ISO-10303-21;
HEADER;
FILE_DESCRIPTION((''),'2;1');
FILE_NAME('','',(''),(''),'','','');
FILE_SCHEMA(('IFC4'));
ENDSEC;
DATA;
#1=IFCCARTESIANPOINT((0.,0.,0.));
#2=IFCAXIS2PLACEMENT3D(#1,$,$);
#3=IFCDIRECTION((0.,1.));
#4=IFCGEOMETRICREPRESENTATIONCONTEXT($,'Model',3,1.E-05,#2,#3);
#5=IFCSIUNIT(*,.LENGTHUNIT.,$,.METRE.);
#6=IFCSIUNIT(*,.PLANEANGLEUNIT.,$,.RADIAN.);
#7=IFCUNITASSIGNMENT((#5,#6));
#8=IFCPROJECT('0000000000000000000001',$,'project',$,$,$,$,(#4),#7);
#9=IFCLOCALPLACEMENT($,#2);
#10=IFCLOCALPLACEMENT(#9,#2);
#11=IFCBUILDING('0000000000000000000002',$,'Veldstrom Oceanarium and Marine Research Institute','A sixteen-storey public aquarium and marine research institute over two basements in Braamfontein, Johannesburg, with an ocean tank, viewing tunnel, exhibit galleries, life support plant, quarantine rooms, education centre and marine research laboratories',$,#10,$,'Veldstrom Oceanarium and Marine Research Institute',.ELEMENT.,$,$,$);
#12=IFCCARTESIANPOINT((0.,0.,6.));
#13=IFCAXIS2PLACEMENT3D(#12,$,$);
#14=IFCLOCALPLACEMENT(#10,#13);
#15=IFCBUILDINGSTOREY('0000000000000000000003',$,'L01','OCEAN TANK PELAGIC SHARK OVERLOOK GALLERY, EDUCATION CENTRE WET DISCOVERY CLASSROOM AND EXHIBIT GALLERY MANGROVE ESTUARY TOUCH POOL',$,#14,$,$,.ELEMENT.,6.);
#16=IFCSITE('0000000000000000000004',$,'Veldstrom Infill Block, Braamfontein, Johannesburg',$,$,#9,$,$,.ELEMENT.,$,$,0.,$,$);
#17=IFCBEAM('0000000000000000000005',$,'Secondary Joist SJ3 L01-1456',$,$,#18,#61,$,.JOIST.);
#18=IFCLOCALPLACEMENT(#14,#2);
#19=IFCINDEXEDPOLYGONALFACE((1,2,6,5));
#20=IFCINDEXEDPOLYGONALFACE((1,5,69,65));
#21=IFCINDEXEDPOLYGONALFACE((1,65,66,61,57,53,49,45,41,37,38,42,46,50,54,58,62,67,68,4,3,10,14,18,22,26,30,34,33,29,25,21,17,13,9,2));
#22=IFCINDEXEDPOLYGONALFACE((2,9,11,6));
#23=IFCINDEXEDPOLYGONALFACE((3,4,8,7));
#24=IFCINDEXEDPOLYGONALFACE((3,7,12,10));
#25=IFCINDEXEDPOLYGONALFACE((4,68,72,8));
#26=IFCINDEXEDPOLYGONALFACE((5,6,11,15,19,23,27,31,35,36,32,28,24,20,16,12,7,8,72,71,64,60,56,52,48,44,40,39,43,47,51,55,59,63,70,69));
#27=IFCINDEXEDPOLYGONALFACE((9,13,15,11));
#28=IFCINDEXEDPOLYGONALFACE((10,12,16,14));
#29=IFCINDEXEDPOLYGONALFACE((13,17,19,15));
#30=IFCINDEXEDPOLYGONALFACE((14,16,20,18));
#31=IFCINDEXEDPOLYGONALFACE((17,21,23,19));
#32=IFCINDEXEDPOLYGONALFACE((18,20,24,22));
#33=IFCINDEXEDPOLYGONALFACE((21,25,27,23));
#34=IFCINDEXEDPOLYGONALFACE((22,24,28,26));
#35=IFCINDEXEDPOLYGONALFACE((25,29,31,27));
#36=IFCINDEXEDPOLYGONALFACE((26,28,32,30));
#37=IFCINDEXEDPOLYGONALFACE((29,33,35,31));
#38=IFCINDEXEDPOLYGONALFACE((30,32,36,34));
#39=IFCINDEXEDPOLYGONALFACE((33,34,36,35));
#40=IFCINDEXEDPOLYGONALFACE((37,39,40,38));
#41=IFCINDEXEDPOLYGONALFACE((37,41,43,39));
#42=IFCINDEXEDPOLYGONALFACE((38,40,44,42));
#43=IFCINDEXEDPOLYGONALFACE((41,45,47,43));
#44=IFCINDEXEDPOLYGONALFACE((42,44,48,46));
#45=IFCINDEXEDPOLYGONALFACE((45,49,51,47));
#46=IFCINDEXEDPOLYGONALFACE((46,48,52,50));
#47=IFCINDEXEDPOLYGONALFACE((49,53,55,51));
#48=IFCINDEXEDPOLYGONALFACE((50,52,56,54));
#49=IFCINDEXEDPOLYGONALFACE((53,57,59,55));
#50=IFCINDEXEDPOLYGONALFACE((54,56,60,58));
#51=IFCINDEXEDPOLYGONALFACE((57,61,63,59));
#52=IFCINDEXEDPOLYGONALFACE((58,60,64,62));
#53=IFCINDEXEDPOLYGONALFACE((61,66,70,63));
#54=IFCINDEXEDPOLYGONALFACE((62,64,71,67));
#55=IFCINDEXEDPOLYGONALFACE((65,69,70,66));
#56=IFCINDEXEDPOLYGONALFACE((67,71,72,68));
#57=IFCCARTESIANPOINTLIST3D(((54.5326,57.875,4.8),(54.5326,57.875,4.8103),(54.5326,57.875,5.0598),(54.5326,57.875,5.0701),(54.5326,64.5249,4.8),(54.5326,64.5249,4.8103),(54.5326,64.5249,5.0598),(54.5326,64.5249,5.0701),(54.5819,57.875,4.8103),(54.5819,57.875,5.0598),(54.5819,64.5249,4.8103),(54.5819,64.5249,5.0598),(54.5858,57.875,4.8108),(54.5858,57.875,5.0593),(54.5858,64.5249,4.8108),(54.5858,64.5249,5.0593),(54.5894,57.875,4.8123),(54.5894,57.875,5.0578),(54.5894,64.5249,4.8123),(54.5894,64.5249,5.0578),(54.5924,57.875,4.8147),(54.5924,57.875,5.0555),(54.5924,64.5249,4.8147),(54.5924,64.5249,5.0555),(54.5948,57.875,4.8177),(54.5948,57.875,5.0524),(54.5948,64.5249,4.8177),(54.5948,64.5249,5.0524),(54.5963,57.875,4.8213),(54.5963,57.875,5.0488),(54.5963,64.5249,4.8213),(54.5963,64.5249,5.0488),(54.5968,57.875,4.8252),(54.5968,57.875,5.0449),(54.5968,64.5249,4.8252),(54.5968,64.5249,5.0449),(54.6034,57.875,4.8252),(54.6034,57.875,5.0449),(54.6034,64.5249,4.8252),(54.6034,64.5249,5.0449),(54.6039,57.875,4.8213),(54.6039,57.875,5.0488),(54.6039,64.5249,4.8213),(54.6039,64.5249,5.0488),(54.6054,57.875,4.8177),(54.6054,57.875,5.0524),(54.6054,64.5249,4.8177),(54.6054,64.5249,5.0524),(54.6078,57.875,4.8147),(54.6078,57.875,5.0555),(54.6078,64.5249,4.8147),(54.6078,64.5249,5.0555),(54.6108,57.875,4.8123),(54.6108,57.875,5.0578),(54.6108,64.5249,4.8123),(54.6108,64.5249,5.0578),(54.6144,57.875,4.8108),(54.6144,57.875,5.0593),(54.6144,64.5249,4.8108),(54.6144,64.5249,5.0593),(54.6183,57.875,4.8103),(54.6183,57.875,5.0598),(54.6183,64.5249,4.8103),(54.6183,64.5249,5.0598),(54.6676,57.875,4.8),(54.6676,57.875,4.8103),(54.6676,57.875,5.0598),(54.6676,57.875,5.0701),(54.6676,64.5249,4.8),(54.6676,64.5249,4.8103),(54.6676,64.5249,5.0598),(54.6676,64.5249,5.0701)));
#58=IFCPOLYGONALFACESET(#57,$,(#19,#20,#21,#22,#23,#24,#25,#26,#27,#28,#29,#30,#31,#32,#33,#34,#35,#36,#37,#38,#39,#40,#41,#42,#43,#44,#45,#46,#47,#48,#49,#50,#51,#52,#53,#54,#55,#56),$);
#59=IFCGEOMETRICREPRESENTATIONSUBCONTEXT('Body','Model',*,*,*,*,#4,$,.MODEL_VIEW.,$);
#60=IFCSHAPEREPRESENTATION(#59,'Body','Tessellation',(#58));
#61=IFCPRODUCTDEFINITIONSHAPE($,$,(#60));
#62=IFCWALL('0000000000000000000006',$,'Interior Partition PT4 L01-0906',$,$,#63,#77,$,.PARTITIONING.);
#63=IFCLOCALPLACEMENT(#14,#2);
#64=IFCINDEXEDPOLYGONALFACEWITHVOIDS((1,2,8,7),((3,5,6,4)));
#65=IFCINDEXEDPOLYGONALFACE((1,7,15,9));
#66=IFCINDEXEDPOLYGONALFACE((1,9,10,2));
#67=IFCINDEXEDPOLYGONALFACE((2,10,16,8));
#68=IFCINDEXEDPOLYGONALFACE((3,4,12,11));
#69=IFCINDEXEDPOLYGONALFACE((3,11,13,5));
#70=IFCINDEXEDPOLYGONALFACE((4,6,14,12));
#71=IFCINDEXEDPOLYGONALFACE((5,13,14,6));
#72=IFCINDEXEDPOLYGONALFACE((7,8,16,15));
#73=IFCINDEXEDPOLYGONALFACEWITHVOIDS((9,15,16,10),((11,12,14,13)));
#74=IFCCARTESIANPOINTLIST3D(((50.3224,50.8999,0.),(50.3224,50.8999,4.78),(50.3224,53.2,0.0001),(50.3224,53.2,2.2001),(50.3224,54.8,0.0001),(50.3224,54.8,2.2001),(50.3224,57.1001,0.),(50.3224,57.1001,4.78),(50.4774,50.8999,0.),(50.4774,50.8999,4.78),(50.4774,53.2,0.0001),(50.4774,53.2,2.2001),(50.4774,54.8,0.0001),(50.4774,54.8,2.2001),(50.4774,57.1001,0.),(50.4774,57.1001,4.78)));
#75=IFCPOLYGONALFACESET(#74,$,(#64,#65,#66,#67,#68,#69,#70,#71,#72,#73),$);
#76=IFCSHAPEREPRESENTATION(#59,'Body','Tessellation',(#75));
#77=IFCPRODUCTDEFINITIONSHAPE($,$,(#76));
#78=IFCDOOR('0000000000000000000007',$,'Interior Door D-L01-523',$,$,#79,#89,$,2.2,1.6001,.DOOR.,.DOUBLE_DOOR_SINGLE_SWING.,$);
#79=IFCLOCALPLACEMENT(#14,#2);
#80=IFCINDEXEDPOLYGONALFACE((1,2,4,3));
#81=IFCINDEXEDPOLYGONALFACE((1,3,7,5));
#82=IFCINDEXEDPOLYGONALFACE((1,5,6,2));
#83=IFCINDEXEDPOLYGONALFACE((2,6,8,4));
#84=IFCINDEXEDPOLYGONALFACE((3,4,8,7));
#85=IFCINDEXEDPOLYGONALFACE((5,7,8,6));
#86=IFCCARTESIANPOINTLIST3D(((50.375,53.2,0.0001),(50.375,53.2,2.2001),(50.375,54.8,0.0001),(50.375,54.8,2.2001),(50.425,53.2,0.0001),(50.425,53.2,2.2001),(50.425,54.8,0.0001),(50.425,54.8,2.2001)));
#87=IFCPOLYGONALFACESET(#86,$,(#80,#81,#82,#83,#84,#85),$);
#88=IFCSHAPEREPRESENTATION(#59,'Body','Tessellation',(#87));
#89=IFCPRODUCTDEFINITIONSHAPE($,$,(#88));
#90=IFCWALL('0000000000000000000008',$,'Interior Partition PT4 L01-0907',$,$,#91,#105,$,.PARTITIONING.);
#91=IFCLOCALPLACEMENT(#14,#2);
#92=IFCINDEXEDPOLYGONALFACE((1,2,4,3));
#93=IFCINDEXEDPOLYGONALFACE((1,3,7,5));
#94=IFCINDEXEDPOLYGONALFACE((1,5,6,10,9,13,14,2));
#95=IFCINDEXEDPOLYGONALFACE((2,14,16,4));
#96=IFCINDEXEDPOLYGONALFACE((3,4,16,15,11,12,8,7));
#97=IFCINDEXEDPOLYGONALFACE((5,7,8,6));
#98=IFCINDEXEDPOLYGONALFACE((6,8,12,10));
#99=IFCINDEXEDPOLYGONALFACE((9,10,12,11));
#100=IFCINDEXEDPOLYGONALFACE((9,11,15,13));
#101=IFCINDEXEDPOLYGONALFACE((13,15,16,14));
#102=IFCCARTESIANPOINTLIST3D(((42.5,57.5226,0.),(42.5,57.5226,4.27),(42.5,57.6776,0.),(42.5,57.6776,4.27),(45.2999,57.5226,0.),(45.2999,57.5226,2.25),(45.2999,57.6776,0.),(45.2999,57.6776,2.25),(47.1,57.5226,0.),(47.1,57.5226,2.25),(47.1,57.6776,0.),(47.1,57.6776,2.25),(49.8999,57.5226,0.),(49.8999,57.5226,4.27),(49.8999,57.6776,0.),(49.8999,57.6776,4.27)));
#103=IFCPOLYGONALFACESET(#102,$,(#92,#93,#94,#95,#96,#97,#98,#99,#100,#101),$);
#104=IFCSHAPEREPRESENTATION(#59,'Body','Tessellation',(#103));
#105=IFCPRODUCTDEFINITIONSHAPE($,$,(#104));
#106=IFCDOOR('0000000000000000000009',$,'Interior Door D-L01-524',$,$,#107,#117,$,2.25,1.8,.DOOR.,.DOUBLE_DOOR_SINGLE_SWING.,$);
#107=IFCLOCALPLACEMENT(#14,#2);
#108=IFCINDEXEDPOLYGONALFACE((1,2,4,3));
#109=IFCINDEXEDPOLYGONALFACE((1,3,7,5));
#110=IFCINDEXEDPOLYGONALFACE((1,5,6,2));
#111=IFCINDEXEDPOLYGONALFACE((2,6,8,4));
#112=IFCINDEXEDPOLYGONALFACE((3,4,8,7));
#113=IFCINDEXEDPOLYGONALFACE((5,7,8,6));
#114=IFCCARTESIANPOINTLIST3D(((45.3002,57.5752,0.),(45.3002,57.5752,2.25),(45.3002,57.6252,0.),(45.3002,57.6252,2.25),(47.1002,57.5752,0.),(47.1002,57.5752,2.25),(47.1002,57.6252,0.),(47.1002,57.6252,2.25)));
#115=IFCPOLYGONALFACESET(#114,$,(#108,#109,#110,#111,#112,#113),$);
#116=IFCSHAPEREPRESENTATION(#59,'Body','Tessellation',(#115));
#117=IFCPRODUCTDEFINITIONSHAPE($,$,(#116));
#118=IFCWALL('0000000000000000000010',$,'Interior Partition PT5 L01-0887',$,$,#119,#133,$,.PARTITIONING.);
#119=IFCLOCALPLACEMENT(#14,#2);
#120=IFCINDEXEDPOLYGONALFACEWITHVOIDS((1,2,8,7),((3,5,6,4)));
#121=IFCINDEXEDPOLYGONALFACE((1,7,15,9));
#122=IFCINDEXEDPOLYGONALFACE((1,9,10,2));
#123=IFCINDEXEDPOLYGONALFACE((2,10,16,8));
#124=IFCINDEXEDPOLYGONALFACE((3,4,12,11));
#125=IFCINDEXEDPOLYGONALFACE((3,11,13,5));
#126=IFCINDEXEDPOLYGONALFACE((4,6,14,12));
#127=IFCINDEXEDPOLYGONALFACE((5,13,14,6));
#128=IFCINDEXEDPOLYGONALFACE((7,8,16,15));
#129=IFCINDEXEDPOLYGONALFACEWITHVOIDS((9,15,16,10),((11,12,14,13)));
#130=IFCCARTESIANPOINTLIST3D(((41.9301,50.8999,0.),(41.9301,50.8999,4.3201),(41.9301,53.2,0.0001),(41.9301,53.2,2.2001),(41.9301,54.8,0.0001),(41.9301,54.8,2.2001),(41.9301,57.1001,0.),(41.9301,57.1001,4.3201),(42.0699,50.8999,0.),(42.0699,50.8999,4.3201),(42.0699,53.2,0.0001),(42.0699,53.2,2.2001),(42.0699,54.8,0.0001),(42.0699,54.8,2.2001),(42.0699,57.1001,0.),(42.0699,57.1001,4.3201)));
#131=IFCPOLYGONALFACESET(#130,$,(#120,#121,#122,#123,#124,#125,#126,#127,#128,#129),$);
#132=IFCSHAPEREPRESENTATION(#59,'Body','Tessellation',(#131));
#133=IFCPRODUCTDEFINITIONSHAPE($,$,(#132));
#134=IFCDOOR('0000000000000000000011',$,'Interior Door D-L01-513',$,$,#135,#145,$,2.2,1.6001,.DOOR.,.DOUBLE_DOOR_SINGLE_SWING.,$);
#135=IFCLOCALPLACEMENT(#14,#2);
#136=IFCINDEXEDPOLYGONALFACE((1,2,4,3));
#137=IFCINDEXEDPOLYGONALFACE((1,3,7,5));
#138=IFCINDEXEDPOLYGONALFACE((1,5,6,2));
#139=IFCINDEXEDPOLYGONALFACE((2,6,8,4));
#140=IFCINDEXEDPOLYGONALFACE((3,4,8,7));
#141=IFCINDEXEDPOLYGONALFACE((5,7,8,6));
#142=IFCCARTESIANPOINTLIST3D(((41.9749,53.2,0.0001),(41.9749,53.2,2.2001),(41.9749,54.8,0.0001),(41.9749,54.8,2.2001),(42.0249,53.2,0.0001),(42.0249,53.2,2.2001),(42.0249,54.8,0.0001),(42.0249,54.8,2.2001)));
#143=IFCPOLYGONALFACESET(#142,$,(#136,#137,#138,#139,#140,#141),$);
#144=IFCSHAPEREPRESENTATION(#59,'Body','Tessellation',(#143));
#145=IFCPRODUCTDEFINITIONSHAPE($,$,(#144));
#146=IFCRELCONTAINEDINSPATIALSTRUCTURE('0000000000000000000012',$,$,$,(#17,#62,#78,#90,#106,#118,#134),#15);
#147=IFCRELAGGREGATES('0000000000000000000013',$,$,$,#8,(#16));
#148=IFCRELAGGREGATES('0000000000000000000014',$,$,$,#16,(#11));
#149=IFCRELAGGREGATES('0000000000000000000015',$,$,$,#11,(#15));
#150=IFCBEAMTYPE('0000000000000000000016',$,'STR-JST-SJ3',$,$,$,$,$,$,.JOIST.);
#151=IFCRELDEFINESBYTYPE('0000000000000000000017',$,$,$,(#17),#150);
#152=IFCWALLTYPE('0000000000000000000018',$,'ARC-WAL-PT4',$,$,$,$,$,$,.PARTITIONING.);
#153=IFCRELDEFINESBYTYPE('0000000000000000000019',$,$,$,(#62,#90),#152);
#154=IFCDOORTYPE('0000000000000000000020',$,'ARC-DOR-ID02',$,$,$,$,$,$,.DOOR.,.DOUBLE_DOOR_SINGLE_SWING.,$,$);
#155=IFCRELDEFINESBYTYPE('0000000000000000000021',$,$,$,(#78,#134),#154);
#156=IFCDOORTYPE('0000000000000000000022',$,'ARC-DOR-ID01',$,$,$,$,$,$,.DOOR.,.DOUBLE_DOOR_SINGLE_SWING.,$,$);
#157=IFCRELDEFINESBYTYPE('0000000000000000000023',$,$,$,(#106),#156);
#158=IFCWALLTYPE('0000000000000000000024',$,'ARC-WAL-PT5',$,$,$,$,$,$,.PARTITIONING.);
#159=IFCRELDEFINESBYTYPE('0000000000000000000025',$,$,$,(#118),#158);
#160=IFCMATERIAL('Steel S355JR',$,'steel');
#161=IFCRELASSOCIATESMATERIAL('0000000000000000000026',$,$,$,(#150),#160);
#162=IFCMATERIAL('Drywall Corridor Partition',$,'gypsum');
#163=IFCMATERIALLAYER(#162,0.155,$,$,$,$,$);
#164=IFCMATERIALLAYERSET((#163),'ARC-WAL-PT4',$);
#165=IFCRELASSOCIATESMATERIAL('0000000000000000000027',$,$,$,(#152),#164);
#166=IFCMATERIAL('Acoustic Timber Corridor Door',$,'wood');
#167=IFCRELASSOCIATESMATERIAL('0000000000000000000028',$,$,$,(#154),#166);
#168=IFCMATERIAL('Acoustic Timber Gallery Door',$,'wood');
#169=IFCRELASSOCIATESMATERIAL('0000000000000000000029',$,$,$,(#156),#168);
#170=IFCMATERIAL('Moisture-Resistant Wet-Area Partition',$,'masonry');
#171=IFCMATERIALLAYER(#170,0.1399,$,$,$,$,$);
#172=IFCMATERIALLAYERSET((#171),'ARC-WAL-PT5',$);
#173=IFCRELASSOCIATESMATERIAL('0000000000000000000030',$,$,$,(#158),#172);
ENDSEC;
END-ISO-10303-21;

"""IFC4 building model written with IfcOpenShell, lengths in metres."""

from ifc_helpers import new_model, si_unit, direction, frame, frame_2d, origin, origin_2d, place, context, subcontext, project, spatial, rectangle, i_section, extrude, material, layer, layer_set, material_profile, profile_set, type_object, element, fill, save


model = new_model("IFC4")

# Units and contexts
model_context = context("Model", 3, precision=1e-05, world=origin(), true_north=direction((0.0, 1.0)))
body_context = subcontext(model_context, "Body", "Model", "MODEL_VIEW")
ifc_project = project(units=[si_unit("LENGTHUNIT", "METRE"), si_unit("PLANEANGLEUNIT", "RADIAN")], contexts=[model_context])

# Site, building, storey
site_placement = place(None, origin())
site = spatial("IfcSite", under=ifc_project, at=site_placement, Name="Veldstrom Infill Block, Braamfontein, Johannesburg", CompositionType="ELEMENT", RefElevation=0.0)
building_placement = place(site_placement, origin())
building = spatial("IfcBuilding", under=site, at=building_placement, Name="Veldstrom Oceanarium and Marine Research Institute", Description="A sixteen-storey public aquarium and marine research institute over two basements in Braamfontein, Johannesburg, with an ocean tank, viewing tunnel, exhibit galleries, life support plant, quarantine rooms, education centre and marine research laboratories", LongName="Veldstrom Oceanarium and Marine Research Institute", CompositionType="ELEMENT")
storey_placement = place(building_placement, frame((0.0, 0.0, 6.0)))
storey = spatial("IfcBuildingStorey", under=building, at=storey_placement, Name="L01", Description="OCEAN TANK PELAGIC SHARK OVERLOOK GALLERY, EDUCATION CENTRE WET DISCOVERY CLASSROOM AND EXHIBIT GALLERY MANGROVE ESTUARY TOUCH POOL", CompositionType="ELEMENT", Elevation=6.0)

# Beam
ifc_material_1 = material(Name="Steel S355JR", Category="steel")
ifc_material_profile_1 = material_profile(ifc_material_1, i_section(OverallWidth=0.135, OverallDepth=0.27, WebThickness=0.0066, FlangeThickness=0.0103, FilletRadius=0.0149, at=origin_2d()), Name="IPE 270")
ifc_profile_set_1 = profile_set([ifc_material_profile_1], Name="Steel S355JR")
beam_type_1 = type_object("IfcBeamType", Name="STR-JST-SJ3", PredefinedType="JOIST", material=ifc_profile_set_1)
beam_1_placement = place(storey_placement, frame((54.6001, 57.875, 4.9351), z_axis=(0.0, 1.0, 0.0), x_axis=(-1.0, 0.0, 0.0)))
element("IfcBeam", 1, at=beam_1_placement, inside=storey, type_object=beam_type_1, Name="Secondary Joist SJ3 L01-1456", PredefinedType="JOIST", context=body_context, shape_type="SweptSolid", body=[
    extrude(i_section(OverallWidth=0.135, OverallDepth=0.27, WebThickness=0.0066, FlangeThickness=0.0103, FilletRadius=0.0149, at=origin_2d()), origin(), (0.0, 0.0, 1.0), 6.6499),
])

# Walls, openings, doors
ifc_material_2 = material(Name="Drywall Corridor Partition", Category="gypsum")
ifc_layer_1 = layer(ifc_material_2, 0.155)
ifc_layer_set_1 = layer_set([ifc_layer_1], Name="ARC-WAL-PT4")
wall_type_1 = type_object("IfcWallType", Name="ARC-WAL-PT4", PredefinedType="PARTITIONING", material=ifc_layer_set_1)
wall_1_placement = place(storey_placement, frame((50.3999, 50.8999, 0.0), z_axis=(0.0, 0.0, 1.0), x_axis=(0.0, 1.0, 0.0)))
wall_1 = element("IfcWall", 2, at=wall_1_placement, inside=storey, type_object=wall_type_1, Name="Interior Partition PT4 L01-0906", PredefinedType="PARTITIONING", context=body_context, shape_type="SweptSolid", body=[
    extrude(rectangle(XDim=6.2002, YDim=0.155, at=frame_2d((3.1001, 0.0))), origin(), (0.0, 0.0, 1.0), 4.78),
])
opening_1_placement = place(wall_1_placement, frame((2.3, 0.0, 0.0)))
opening_1 = element("IfcOpeningElement", 3, at=opening_1_placement, cuts=wall_1, PredefinedType="OPENING", context=body_context, shape_type="SweptSolid", body=[
    extrude(rectangle(XDim=1.6001, YDim=2.2, at=frame_2d((0.8, 1.1001))), frame((0.0, 0.0874, 0.0), z_axis=(0.0, -1.0, 0.0), x_axis=(1.0, 0.0, 0.0)), (0.0, 0.0, 1.0), 0.175),
])
ifc_material_3 = material(Name="Acoustic Timber Corridor Door", Category="wood")
door_type_1 = type_object("IfcDoorType", Name="ARC-DOR-ID02", OperationType="DOUBLE_DOOR_SINGLE_SWING", PredefinedType="DOOR", material=ifc_material_3)
door_1_placement = place(opening_1_placement, origin())
door_1 = element("IfcDoor", 4, at=door_1_placement, inside=storey, type_object=door_type_1, Name="Interior Door D-L01-523", OperationType="DOUBLE_DOOR_SINGLE_SWING", OverallHeight=2.2, OverallWidth=1.6001, PredefinedType="DOOR", context=body_context, shape_type="SweptSolid", body=[
    extrude(rectangle(XDim=1.6001, YDim=2.2, at=frame_2d((0.8, 1.1001))), frame((0.0, 0.0249, 0.0), z_axis=(0.0, -1.0, 0.0), x_axis=(1.0, 0.0, 0.0)), (0.0, 0.0, 1.0), 0.05),
])
fill(opening_1, door_1)
wall_2_placement = place(storey_placement, frame((42.5, 57.6001, 0.0), z_axis=(0.0, 0.0, 1.0), x_axis=(1.0, 0.0, 0.0)))
wall_2 = element("IfcWall", 5, at=wall_2_placement, inside=storey, type_object=wall_type_1, Name="Interior Partition PT4 L01-0907", PredefinedType="PARTITIONING", context=body_context, shape_type="SweptSolid", body=[
    extrude(rectangle(XDim=7.3999, YDim=0.155, at=frame_2d((3.7, 0.0))), origin(), (0.0, 0.0, 1.0), 4.27),
])
opening_2_placement = place(wall_2_placement, frame((2.8, 0.0, 0.0)))
opening_2 = element("IfcOpeningElement", 6, at=opening_2_placement, cuts=wall_2, PredefinedType="OPENING", context=body_context, shape_type="SweptSolid", body=[
    extrude(rectangle(XDim=1.8, YDim=2.25, at=frame_2d((0.8999, 1.125))), frame((0.0, 0.0874, 0.0), z_axis=(0.0, -1.0, 0.0), x_axis=(1.0, 0.0, 0.0)), (0.0, 0.0, 1.0), 0.175),
])
ifc_material_4 = material(Name="Acoustic Timber Gallery Door", Category="wood")
door_type_2 = type_object("IfcDoorType", Name="ARC-DOR-ID01", OperationType="DOUBLE_DOOR_SINGLE_SWING", PredefinedType="DOOR", material=ifc_material_4)
door_2_placement = place(opening_2_placement, frame((1.8, 0.0, 0.0), z_axis=(0.0, 0.0, 1.0), x_axis=(-1.0, 0.0, 0.0)))
door_2 = element("IfcDoor", 7, at=door_2_placement, inside=storey, type_object=door_type_2, Name="Interior Door D-L01-524", OperationType="DOUBLE_DOOR_SINGLE_SWING", OverallHeight=2.25, OverallWidth=1.8, PredefinedType="DOOR", context=body_context, shape_type="SweptSolid", body=[
    extrude(rectangle(XDim=1.8, YDim=2.25, at=frame_2d((0.8999, 1.125))), frame((0.0, 0.0249, 0.0), z_axis=(0.0, -1.0, 0.0), x_axis=(1.0, 0.0, 0.0)), (0.0, 0.0, 1.0), 0.05),
])
fill(opening_2, door_2)
ifc_material_5 = material(Name="Moisture-Resistant Wet-Area Partition", Category="masonry")
ifc_layer_2 = layer(ifc_material_5, 0.1399)
ifc_layer_set_2 = layer_set([ifc_layer_2], Name="ARC-WAL-PT5")
wall_type_2 = type_object("IfcWallType", Name="ARC-WAL-PT5", PredefinedType="PARTITIONING", material=ifc_layer_set_2)
wall_3_placement = place(storey_placement, frame((42.0, 50.8999, 0.0), z_axis=(0.0, 0.0, 1.0), x_axis=(0.0, 1.0, 0.0)))
wall_3 = element("IfcWall", 8, at=wall_3_placement, inside=storey, type_object=wall_type_2, Name="Interior Partition PT5 L01-0887", PredefinedType="PARTITIONING", context=body_context, shape_type="SweptSolid", body=[
    extrude(rectangle(XDim=6.2002, YDim=0.1399, at=frame_2d((3.1001, 0.0))), origin(), (0.0, 0.0, 1.0), 4.3201),
])
opening_3_placement = place(wall_3_placement, frame((2.3, 0.0, 0.0)))
opening_3 = element("IfcOpeningElement", 9, at=opening_3_placement, cuts=wall_3, PredefinedType="OPENING", context=body_context, shape_type="SweptSolid", body=[
    extrude(rectangle(XDim=1.6001, YDim=2.2, at=frame_2d((0.8, 1.1001))), frame((0.0, 0.0798, 0.0), z_axis=(0.0, -1.0, 0.0), x_axis=(1.0, 0.0, 0.0)), (0.0, 0.0, 1.0), 0.1599),
])
door_3_placement = place(opening_3_placement, frame((1.6001, 0.0, 0.0), z_axis=(0.0, 0.0, 1.0), x_axis=(-1.0, 0.0, 0.0)))
door_3 = element("IfcDoor", 10, at=door_3_placement, inside=storey, type_object=door_type_1, Name="Interior Door D-L01-513", OperationType="DOUBLE_DOOR_SINGLE_SWING", OverallHeight=2.2, OverallWidth=1.6001, PredefinedType="DOOR", context=body_context, shape_type="SweptSolid", body=[
    extrude(rectangle(XDim=1.6001, YDim=2.2, at=frame_2d((0.8, 1.1001))), frame((0.0, 0.0249, 0.0), z_axis=(0.0, -1.0, 0.0), x_axis=(1.0, 0.0, 0.0)), (0.0, 0.0, 1.0), 0.05),
])
fill(opening_3, door_3)

save(model, "model.ifc")
